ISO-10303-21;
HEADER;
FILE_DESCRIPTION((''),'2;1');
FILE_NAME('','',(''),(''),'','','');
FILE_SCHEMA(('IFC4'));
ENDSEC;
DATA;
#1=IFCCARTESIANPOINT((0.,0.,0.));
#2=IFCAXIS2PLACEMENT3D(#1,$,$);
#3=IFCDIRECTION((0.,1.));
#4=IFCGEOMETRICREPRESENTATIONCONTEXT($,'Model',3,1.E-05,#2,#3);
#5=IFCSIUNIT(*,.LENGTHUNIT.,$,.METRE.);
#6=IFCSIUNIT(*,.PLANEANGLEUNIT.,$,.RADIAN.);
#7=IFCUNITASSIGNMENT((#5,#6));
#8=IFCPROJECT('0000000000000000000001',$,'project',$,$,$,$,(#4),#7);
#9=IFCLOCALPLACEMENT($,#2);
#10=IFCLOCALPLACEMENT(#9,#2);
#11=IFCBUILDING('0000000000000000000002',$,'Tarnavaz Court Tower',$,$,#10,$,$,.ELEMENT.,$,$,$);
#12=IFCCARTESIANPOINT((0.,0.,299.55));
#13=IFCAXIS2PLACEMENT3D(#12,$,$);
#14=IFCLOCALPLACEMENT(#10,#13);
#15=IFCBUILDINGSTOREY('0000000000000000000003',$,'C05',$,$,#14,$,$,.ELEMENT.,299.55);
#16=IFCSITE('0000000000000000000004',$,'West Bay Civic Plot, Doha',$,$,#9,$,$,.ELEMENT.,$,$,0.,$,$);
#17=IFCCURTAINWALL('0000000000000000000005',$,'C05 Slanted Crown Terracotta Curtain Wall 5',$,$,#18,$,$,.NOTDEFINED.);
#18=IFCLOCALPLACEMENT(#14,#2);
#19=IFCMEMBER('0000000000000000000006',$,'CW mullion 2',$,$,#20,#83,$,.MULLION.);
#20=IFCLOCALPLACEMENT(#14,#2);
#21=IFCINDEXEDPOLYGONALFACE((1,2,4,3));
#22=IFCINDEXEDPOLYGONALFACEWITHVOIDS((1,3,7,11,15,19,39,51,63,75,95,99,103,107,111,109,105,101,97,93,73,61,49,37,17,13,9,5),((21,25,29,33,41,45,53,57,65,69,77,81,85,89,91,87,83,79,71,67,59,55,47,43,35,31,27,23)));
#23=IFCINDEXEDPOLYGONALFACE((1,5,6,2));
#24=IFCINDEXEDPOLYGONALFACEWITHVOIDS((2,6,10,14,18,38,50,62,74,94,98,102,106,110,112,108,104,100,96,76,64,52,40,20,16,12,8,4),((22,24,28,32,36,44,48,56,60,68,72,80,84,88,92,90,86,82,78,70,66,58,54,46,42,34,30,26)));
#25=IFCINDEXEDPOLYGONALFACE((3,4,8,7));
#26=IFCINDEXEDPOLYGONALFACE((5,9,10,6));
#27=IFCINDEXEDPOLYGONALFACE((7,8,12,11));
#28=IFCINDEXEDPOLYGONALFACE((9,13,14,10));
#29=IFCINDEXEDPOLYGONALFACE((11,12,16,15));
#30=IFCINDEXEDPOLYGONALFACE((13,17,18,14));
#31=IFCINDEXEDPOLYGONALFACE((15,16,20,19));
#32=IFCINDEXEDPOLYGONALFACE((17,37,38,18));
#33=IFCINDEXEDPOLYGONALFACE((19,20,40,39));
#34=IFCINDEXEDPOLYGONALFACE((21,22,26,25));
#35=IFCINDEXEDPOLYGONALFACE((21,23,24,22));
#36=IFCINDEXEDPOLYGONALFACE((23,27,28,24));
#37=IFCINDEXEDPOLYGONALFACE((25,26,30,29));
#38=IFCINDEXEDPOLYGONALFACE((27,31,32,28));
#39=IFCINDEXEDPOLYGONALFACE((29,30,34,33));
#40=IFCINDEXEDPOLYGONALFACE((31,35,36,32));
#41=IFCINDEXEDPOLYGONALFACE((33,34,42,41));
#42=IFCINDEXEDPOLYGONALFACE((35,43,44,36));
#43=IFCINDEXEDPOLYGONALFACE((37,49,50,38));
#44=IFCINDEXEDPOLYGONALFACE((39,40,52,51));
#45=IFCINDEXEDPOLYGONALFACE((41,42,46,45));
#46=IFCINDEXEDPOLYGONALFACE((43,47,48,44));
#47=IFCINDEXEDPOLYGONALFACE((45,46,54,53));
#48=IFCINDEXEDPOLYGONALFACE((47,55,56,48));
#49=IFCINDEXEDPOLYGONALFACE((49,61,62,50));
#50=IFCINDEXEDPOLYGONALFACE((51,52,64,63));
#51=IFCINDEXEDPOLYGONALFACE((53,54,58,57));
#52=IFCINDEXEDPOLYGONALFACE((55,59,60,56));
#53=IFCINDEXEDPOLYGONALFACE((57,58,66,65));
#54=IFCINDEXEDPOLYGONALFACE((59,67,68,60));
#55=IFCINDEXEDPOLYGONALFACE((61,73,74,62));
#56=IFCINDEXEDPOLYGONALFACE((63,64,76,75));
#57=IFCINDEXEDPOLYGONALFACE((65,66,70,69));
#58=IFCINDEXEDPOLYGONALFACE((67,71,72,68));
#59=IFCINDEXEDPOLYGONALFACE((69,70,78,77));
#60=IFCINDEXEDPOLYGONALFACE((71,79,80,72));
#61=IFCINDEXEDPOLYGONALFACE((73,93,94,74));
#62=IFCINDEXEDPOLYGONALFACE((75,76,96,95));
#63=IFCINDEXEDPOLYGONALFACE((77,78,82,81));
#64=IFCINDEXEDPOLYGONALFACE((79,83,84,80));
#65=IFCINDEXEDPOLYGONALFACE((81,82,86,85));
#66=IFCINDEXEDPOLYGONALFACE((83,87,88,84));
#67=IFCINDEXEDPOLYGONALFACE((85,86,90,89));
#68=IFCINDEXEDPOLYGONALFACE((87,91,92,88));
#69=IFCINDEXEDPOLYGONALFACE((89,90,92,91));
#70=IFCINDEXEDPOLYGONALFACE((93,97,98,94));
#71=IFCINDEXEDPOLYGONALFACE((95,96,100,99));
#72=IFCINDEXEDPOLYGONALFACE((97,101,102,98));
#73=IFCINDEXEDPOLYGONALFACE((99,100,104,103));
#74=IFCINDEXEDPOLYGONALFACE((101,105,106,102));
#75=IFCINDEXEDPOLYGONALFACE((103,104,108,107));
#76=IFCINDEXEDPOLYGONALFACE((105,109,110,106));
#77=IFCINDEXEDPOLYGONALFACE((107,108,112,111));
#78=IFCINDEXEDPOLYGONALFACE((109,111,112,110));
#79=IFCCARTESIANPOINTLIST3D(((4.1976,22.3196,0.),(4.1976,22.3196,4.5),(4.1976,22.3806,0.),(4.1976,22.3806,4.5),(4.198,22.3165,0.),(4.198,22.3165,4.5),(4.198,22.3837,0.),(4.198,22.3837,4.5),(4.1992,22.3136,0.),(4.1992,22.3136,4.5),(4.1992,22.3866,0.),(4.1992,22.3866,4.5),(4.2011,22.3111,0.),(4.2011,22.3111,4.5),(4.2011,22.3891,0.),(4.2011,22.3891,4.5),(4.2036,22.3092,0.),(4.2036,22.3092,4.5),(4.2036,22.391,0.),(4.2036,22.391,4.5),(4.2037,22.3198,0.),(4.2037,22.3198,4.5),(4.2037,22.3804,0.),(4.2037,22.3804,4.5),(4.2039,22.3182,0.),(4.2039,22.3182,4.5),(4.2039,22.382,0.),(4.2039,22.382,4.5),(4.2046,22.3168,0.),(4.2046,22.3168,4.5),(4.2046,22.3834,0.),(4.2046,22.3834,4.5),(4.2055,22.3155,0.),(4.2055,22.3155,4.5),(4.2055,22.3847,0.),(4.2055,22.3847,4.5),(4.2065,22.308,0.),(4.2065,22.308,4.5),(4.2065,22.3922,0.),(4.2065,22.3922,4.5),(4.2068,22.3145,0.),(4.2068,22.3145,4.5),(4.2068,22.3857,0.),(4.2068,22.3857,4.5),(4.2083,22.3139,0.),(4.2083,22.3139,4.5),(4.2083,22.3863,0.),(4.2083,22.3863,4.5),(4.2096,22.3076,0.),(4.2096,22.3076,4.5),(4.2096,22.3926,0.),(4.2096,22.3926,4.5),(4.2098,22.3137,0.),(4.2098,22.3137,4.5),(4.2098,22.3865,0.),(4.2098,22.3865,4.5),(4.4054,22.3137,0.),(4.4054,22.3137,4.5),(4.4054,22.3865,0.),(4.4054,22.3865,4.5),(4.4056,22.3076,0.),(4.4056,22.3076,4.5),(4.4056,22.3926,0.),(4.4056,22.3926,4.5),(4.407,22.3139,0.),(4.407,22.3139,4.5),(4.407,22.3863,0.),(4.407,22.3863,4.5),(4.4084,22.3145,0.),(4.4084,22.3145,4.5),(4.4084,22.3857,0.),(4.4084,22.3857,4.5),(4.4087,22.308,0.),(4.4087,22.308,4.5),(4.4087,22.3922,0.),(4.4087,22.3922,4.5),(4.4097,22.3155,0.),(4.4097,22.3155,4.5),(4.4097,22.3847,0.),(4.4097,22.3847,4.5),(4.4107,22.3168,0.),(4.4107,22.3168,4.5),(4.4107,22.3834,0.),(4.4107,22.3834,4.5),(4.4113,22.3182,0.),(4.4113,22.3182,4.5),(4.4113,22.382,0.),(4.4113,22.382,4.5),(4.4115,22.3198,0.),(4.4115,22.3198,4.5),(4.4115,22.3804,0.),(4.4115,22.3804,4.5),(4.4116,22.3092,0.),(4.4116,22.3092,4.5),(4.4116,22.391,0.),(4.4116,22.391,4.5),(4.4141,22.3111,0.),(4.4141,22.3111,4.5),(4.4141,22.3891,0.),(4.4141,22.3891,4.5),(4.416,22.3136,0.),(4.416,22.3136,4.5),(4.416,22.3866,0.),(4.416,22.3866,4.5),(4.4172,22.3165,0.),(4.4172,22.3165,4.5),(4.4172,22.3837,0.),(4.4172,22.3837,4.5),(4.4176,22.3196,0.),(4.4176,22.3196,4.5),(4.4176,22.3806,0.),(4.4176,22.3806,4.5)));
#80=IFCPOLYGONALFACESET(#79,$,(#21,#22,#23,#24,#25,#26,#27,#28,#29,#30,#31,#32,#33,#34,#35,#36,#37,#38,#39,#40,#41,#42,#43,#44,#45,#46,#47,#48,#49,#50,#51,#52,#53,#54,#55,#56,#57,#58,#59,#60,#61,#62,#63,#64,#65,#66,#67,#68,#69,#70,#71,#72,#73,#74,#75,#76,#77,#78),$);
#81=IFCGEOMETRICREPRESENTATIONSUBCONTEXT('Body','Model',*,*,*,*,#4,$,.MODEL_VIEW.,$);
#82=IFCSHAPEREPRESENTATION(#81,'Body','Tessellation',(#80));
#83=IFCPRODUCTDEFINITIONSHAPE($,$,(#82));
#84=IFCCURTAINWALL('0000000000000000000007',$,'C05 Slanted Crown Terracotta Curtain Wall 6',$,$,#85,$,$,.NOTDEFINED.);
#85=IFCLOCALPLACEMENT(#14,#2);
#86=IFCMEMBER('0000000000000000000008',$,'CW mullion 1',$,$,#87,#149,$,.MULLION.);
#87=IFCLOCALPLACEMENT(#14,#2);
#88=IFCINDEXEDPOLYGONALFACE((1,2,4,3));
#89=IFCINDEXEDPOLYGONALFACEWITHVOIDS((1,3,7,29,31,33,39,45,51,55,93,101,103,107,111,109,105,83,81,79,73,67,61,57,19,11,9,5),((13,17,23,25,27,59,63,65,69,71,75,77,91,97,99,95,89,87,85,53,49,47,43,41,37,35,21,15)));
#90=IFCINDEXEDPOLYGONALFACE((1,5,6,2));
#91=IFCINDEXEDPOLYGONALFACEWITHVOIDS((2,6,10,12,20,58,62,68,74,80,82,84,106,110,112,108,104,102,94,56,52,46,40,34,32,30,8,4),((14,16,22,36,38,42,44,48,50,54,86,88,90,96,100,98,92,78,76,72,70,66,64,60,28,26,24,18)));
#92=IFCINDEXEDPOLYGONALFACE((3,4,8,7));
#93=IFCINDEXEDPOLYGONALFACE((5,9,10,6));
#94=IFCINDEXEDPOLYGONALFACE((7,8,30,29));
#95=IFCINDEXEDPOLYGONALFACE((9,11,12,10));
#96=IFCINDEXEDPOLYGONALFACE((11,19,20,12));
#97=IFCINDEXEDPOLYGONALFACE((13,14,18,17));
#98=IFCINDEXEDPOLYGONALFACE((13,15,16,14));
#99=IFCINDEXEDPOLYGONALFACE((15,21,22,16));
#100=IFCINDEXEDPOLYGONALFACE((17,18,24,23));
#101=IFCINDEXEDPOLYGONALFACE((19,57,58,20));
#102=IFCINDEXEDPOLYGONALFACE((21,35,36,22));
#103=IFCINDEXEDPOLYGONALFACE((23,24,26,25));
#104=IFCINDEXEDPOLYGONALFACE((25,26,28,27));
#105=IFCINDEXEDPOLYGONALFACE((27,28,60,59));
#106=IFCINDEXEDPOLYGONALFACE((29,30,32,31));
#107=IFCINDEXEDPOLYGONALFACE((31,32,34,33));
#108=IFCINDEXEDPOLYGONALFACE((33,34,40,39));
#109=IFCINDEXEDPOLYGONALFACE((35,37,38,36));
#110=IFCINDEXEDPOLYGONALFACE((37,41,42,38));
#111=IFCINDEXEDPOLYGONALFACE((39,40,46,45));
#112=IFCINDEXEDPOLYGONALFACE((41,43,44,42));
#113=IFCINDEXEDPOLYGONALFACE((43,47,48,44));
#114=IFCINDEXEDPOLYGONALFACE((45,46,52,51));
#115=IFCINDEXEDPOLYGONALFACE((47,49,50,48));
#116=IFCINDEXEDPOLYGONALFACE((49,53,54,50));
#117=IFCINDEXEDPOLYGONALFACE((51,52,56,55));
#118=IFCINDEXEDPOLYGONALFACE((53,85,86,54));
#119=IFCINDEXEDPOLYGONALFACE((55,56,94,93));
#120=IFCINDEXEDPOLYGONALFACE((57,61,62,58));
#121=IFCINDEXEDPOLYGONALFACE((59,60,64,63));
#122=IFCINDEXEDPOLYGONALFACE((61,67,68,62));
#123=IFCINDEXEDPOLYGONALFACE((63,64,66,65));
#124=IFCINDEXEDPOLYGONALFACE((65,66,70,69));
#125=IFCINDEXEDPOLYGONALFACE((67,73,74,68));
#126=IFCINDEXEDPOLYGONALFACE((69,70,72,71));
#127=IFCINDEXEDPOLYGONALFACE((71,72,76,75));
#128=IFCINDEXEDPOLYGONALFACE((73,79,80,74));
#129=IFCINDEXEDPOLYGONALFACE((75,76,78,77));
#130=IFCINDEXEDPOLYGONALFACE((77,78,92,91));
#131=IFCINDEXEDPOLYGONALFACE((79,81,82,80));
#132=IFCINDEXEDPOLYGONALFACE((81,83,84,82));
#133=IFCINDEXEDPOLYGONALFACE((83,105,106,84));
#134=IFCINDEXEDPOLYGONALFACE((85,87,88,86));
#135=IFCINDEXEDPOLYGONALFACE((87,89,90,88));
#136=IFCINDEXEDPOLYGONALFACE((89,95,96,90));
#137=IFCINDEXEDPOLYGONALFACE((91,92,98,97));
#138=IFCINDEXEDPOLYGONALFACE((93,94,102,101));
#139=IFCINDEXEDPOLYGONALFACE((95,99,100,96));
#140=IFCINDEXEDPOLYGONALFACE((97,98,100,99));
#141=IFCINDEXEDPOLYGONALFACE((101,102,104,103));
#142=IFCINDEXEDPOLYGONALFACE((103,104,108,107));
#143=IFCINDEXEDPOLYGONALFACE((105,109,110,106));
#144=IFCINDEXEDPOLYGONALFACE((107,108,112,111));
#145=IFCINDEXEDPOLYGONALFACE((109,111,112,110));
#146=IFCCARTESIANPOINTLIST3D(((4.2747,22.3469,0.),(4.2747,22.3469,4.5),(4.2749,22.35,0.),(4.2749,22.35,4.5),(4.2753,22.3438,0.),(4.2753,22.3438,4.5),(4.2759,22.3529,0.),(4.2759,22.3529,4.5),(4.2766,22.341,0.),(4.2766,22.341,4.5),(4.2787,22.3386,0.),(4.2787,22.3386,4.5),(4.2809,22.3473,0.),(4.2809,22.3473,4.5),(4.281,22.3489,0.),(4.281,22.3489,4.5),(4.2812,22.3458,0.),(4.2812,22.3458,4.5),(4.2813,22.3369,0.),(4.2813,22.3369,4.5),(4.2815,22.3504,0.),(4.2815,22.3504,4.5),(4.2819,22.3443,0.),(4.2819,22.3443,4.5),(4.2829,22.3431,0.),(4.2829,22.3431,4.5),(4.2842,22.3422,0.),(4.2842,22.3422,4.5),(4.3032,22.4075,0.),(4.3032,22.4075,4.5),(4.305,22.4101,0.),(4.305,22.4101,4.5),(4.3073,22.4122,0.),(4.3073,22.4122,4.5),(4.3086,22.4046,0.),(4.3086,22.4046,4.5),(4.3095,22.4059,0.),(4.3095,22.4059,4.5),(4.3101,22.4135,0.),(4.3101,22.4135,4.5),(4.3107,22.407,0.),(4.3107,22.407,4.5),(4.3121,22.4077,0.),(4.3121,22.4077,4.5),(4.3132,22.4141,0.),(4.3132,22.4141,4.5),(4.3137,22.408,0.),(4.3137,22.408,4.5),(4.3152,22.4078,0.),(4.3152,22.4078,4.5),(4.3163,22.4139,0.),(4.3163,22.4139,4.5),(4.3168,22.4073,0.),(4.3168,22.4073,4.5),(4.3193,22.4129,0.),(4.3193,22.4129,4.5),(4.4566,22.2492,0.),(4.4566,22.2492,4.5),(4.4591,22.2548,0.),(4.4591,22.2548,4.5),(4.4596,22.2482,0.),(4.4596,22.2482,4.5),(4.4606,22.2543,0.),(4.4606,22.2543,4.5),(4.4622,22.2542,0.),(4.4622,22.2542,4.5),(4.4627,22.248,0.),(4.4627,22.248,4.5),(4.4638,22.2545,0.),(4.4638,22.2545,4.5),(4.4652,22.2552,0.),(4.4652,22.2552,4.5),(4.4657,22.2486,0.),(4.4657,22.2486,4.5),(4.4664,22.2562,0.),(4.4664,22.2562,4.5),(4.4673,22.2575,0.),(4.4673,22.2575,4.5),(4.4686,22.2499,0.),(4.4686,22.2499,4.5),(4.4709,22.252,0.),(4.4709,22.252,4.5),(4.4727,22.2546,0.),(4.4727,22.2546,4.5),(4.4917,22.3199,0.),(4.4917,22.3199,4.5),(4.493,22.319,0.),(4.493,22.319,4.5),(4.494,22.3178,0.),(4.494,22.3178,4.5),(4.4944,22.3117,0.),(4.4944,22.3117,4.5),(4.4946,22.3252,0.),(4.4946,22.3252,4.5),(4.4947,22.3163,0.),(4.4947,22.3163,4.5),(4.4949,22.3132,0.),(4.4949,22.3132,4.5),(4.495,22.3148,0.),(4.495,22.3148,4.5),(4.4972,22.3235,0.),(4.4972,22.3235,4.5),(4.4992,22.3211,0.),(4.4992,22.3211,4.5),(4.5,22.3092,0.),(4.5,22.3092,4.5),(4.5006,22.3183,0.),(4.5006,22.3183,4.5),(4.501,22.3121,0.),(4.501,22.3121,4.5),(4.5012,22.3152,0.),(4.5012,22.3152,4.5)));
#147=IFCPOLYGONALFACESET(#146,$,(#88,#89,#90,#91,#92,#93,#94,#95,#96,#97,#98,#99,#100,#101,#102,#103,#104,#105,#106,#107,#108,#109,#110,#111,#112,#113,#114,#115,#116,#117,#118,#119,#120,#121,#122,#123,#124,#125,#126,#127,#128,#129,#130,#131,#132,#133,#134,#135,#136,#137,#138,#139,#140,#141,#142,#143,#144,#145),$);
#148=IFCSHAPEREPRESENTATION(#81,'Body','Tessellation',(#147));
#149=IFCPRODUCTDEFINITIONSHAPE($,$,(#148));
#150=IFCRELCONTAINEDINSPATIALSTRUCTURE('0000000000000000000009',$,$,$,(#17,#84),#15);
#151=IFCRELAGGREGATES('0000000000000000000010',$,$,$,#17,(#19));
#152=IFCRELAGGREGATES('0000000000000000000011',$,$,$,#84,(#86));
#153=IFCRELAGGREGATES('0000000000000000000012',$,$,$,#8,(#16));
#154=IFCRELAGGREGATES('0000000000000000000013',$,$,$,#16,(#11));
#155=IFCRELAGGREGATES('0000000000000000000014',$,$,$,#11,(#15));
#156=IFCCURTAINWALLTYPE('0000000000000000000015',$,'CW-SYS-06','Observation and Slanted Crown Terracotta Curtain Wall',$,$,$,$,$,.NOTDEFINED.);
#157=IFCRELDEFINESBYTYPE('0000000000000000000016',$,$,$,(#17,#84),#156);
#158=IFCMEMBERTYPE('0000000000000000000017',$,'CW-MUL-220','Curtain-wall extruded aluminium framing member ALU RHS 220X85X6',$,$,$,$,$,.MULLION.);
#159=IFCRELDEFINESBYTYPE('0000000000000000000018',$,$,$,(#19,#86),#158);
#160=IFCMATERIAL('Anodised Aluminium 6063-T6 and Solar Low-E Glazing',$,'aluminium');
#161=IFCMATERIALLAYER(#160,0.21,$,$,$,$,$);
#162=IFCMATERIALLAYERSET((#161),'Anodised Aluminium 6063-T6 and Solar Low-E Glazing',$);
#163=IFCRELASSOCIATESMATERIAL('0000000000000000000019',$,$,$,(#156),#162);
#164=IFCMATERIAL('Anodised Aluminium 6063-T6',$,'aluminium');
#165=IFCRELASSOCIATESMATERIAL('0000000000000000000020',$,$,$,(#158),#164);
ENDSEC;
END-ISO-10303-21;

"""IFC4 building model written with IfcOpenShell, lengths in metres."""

from ifc_helpers import new_model, si_unit, direction, frame, origin, origin_2d, place, context, subcontext, project, spatial, hollow_rectangle, extrude, material, layer, layer_set, material_profile, profile_set, type_object, element, aggregate, save


model = new_model("IFC4")

# Units and contexts
model_context = context("Model", 3, precision=1e-05, world=origin(), true_north=direction((0.0, 1.0)))
body_context = subcontext(model_context, "Body", "Model", "MODEL_VIEW")
ifc_project = project(units=[si_unit("LENGTHUNIT", "METRE"), si_unit("PLANEANGLEUNIT", "RADIAN")], contexts=[model_context])

# Site, building, storey
site_placement = place(None, origin())
site = spatial("IfcSite", under=ifc_project, at=site_placement, Name="West Bay Civic Plot, Doha", CompositionType="ELEMENT", RefElevation=0.0)
building_placement = place(site_placement, origin())
building = spatial("IfcBuilding", under=site, at=building_placement, Name="Tarnavaz Court Tower", CompositionType="ELEMENT")
storey_placement = place(building_placement, frame((0.0, 0.0, 299.55)))
storey = spatial("IfcBuildingStorey", under=building, at=storey_placement, Name="C05", CompositionType="ELEMENT", Elevation=299.55)

# Curtain wall, member
ifc_material_1 = material(Name="Anodised Aluminium 6063-T6 and Solar Low-E Glazing", Category="aluminium")
ifc_layer_1 = layer(ifc_material_1, 0.21)
ifc_layer_set_1 = layer_set([ifc_layer_1], Name="Anodised Aluminium 6063-T6 and Solar Low-E Glazing")
curtain_wall_type = type_object("IfcCurtainWallType", Name="CW-SYS-06", Description="Observation and Slanted Crown Terracotta Curtain Wall", PredefinedType="NOTDEFINED", material=ifc_layer_set_1)
curtain_wall_1_placement = place(storey_placement, origin())
curtain_wall_1 = element("IfcCurtainWall", 1, at=curtain_wall_1_placement, inside=storey, type_object=curtain_wall_type, Name="C05 Slanted Crown Terracotta Curtain Wall 5", PredefinedType="NOTDEFINED")
ifc_material_2 = material(Name="Anodised Aluminium 6063-T6", Category="aluminium")
ifc_material_profile_1 = material_profile(ifc_material_2, hollow_rectangle(XDim=0.085, YDim=0.22, WallThickness=0.0061, InnerFilletRadius=0.0061, OuterFilletRadius=0.012, at=origin_2d()), Name="ALU RHS 220X85X6")
ifc_profile_set_1 = profile_set([ifc_material_profile_1], Name="Anodised Aluminium 6063-T6")
member_type_1 = type_object("IfcMemberType", Name="CW-MUL-220", Description="Curtain-wall extruded aluminium framing member ALU RHS 220X85X6", PredefinedType="MULLION", material=ifc_profile_set_1)
member_1_placement = place(storey_placement, frame((4.3076, 22.3501, 0.0), z_axis=(0.0, 0.0, 1.0), x_axis=(0.0, 1.0, 0.0)))
member_1 = element("IfcMember", 2, at=member_1_placement, type_object=member_type_1, Name="CW mullion 2", PredefinedType="MULLION", context=body_context, shape_type="SweptSolid", body=[
    extrude(hollow_rectangle(XDim=0.085, YDim=0.22, WallThickness=0.0061, InnerFilletRadius=0.0061, OuterFilletRadius=0.012, at=origin_2d()), origin(), (0.0, 0.0, 1.0), 4.5),
])

# Curtain wall, member
curtain_wall_2_placement = place(storey_placement, origin())
curtain_wall_2 = element("IfcCurtainWall", 3, at=curtain_wall_2_placement, inside=storey, type_object=curtain_wall_type, Name="C05 Slanted Crown Terracotta Curtain Wall 6", PredefinedType="NOTDEFINED")
member_2_placement = place(storey_placement, frame((4.3879, 22.3311, 0.0), z_axis=(0.0, 0.0, 1.0), x_axis=(0.447214, 0.894427, 0.0)))
member_2 = element("IfcMember", 4, at=member_2_placement, type_object=member_type_1, Name="CW mullion 1", PredefinedType="MULLION", context=body_context, shape_type="SweptSolid", body=[
    extrude(hollow_rectangle(XDim=0.085, YDim=0.22, WallThickness=0.0061, InnerFilletRadius=0.0061, OuterFilletRadius=0.012, at=origin_2d()), origin(), (0.0, 0.0, 1.0), 4.5),
])

aggregate(curtain_wall_1, [member_1])
aggregate(curtain_wall_2, [member_2])

save(model, "model.ifc")
